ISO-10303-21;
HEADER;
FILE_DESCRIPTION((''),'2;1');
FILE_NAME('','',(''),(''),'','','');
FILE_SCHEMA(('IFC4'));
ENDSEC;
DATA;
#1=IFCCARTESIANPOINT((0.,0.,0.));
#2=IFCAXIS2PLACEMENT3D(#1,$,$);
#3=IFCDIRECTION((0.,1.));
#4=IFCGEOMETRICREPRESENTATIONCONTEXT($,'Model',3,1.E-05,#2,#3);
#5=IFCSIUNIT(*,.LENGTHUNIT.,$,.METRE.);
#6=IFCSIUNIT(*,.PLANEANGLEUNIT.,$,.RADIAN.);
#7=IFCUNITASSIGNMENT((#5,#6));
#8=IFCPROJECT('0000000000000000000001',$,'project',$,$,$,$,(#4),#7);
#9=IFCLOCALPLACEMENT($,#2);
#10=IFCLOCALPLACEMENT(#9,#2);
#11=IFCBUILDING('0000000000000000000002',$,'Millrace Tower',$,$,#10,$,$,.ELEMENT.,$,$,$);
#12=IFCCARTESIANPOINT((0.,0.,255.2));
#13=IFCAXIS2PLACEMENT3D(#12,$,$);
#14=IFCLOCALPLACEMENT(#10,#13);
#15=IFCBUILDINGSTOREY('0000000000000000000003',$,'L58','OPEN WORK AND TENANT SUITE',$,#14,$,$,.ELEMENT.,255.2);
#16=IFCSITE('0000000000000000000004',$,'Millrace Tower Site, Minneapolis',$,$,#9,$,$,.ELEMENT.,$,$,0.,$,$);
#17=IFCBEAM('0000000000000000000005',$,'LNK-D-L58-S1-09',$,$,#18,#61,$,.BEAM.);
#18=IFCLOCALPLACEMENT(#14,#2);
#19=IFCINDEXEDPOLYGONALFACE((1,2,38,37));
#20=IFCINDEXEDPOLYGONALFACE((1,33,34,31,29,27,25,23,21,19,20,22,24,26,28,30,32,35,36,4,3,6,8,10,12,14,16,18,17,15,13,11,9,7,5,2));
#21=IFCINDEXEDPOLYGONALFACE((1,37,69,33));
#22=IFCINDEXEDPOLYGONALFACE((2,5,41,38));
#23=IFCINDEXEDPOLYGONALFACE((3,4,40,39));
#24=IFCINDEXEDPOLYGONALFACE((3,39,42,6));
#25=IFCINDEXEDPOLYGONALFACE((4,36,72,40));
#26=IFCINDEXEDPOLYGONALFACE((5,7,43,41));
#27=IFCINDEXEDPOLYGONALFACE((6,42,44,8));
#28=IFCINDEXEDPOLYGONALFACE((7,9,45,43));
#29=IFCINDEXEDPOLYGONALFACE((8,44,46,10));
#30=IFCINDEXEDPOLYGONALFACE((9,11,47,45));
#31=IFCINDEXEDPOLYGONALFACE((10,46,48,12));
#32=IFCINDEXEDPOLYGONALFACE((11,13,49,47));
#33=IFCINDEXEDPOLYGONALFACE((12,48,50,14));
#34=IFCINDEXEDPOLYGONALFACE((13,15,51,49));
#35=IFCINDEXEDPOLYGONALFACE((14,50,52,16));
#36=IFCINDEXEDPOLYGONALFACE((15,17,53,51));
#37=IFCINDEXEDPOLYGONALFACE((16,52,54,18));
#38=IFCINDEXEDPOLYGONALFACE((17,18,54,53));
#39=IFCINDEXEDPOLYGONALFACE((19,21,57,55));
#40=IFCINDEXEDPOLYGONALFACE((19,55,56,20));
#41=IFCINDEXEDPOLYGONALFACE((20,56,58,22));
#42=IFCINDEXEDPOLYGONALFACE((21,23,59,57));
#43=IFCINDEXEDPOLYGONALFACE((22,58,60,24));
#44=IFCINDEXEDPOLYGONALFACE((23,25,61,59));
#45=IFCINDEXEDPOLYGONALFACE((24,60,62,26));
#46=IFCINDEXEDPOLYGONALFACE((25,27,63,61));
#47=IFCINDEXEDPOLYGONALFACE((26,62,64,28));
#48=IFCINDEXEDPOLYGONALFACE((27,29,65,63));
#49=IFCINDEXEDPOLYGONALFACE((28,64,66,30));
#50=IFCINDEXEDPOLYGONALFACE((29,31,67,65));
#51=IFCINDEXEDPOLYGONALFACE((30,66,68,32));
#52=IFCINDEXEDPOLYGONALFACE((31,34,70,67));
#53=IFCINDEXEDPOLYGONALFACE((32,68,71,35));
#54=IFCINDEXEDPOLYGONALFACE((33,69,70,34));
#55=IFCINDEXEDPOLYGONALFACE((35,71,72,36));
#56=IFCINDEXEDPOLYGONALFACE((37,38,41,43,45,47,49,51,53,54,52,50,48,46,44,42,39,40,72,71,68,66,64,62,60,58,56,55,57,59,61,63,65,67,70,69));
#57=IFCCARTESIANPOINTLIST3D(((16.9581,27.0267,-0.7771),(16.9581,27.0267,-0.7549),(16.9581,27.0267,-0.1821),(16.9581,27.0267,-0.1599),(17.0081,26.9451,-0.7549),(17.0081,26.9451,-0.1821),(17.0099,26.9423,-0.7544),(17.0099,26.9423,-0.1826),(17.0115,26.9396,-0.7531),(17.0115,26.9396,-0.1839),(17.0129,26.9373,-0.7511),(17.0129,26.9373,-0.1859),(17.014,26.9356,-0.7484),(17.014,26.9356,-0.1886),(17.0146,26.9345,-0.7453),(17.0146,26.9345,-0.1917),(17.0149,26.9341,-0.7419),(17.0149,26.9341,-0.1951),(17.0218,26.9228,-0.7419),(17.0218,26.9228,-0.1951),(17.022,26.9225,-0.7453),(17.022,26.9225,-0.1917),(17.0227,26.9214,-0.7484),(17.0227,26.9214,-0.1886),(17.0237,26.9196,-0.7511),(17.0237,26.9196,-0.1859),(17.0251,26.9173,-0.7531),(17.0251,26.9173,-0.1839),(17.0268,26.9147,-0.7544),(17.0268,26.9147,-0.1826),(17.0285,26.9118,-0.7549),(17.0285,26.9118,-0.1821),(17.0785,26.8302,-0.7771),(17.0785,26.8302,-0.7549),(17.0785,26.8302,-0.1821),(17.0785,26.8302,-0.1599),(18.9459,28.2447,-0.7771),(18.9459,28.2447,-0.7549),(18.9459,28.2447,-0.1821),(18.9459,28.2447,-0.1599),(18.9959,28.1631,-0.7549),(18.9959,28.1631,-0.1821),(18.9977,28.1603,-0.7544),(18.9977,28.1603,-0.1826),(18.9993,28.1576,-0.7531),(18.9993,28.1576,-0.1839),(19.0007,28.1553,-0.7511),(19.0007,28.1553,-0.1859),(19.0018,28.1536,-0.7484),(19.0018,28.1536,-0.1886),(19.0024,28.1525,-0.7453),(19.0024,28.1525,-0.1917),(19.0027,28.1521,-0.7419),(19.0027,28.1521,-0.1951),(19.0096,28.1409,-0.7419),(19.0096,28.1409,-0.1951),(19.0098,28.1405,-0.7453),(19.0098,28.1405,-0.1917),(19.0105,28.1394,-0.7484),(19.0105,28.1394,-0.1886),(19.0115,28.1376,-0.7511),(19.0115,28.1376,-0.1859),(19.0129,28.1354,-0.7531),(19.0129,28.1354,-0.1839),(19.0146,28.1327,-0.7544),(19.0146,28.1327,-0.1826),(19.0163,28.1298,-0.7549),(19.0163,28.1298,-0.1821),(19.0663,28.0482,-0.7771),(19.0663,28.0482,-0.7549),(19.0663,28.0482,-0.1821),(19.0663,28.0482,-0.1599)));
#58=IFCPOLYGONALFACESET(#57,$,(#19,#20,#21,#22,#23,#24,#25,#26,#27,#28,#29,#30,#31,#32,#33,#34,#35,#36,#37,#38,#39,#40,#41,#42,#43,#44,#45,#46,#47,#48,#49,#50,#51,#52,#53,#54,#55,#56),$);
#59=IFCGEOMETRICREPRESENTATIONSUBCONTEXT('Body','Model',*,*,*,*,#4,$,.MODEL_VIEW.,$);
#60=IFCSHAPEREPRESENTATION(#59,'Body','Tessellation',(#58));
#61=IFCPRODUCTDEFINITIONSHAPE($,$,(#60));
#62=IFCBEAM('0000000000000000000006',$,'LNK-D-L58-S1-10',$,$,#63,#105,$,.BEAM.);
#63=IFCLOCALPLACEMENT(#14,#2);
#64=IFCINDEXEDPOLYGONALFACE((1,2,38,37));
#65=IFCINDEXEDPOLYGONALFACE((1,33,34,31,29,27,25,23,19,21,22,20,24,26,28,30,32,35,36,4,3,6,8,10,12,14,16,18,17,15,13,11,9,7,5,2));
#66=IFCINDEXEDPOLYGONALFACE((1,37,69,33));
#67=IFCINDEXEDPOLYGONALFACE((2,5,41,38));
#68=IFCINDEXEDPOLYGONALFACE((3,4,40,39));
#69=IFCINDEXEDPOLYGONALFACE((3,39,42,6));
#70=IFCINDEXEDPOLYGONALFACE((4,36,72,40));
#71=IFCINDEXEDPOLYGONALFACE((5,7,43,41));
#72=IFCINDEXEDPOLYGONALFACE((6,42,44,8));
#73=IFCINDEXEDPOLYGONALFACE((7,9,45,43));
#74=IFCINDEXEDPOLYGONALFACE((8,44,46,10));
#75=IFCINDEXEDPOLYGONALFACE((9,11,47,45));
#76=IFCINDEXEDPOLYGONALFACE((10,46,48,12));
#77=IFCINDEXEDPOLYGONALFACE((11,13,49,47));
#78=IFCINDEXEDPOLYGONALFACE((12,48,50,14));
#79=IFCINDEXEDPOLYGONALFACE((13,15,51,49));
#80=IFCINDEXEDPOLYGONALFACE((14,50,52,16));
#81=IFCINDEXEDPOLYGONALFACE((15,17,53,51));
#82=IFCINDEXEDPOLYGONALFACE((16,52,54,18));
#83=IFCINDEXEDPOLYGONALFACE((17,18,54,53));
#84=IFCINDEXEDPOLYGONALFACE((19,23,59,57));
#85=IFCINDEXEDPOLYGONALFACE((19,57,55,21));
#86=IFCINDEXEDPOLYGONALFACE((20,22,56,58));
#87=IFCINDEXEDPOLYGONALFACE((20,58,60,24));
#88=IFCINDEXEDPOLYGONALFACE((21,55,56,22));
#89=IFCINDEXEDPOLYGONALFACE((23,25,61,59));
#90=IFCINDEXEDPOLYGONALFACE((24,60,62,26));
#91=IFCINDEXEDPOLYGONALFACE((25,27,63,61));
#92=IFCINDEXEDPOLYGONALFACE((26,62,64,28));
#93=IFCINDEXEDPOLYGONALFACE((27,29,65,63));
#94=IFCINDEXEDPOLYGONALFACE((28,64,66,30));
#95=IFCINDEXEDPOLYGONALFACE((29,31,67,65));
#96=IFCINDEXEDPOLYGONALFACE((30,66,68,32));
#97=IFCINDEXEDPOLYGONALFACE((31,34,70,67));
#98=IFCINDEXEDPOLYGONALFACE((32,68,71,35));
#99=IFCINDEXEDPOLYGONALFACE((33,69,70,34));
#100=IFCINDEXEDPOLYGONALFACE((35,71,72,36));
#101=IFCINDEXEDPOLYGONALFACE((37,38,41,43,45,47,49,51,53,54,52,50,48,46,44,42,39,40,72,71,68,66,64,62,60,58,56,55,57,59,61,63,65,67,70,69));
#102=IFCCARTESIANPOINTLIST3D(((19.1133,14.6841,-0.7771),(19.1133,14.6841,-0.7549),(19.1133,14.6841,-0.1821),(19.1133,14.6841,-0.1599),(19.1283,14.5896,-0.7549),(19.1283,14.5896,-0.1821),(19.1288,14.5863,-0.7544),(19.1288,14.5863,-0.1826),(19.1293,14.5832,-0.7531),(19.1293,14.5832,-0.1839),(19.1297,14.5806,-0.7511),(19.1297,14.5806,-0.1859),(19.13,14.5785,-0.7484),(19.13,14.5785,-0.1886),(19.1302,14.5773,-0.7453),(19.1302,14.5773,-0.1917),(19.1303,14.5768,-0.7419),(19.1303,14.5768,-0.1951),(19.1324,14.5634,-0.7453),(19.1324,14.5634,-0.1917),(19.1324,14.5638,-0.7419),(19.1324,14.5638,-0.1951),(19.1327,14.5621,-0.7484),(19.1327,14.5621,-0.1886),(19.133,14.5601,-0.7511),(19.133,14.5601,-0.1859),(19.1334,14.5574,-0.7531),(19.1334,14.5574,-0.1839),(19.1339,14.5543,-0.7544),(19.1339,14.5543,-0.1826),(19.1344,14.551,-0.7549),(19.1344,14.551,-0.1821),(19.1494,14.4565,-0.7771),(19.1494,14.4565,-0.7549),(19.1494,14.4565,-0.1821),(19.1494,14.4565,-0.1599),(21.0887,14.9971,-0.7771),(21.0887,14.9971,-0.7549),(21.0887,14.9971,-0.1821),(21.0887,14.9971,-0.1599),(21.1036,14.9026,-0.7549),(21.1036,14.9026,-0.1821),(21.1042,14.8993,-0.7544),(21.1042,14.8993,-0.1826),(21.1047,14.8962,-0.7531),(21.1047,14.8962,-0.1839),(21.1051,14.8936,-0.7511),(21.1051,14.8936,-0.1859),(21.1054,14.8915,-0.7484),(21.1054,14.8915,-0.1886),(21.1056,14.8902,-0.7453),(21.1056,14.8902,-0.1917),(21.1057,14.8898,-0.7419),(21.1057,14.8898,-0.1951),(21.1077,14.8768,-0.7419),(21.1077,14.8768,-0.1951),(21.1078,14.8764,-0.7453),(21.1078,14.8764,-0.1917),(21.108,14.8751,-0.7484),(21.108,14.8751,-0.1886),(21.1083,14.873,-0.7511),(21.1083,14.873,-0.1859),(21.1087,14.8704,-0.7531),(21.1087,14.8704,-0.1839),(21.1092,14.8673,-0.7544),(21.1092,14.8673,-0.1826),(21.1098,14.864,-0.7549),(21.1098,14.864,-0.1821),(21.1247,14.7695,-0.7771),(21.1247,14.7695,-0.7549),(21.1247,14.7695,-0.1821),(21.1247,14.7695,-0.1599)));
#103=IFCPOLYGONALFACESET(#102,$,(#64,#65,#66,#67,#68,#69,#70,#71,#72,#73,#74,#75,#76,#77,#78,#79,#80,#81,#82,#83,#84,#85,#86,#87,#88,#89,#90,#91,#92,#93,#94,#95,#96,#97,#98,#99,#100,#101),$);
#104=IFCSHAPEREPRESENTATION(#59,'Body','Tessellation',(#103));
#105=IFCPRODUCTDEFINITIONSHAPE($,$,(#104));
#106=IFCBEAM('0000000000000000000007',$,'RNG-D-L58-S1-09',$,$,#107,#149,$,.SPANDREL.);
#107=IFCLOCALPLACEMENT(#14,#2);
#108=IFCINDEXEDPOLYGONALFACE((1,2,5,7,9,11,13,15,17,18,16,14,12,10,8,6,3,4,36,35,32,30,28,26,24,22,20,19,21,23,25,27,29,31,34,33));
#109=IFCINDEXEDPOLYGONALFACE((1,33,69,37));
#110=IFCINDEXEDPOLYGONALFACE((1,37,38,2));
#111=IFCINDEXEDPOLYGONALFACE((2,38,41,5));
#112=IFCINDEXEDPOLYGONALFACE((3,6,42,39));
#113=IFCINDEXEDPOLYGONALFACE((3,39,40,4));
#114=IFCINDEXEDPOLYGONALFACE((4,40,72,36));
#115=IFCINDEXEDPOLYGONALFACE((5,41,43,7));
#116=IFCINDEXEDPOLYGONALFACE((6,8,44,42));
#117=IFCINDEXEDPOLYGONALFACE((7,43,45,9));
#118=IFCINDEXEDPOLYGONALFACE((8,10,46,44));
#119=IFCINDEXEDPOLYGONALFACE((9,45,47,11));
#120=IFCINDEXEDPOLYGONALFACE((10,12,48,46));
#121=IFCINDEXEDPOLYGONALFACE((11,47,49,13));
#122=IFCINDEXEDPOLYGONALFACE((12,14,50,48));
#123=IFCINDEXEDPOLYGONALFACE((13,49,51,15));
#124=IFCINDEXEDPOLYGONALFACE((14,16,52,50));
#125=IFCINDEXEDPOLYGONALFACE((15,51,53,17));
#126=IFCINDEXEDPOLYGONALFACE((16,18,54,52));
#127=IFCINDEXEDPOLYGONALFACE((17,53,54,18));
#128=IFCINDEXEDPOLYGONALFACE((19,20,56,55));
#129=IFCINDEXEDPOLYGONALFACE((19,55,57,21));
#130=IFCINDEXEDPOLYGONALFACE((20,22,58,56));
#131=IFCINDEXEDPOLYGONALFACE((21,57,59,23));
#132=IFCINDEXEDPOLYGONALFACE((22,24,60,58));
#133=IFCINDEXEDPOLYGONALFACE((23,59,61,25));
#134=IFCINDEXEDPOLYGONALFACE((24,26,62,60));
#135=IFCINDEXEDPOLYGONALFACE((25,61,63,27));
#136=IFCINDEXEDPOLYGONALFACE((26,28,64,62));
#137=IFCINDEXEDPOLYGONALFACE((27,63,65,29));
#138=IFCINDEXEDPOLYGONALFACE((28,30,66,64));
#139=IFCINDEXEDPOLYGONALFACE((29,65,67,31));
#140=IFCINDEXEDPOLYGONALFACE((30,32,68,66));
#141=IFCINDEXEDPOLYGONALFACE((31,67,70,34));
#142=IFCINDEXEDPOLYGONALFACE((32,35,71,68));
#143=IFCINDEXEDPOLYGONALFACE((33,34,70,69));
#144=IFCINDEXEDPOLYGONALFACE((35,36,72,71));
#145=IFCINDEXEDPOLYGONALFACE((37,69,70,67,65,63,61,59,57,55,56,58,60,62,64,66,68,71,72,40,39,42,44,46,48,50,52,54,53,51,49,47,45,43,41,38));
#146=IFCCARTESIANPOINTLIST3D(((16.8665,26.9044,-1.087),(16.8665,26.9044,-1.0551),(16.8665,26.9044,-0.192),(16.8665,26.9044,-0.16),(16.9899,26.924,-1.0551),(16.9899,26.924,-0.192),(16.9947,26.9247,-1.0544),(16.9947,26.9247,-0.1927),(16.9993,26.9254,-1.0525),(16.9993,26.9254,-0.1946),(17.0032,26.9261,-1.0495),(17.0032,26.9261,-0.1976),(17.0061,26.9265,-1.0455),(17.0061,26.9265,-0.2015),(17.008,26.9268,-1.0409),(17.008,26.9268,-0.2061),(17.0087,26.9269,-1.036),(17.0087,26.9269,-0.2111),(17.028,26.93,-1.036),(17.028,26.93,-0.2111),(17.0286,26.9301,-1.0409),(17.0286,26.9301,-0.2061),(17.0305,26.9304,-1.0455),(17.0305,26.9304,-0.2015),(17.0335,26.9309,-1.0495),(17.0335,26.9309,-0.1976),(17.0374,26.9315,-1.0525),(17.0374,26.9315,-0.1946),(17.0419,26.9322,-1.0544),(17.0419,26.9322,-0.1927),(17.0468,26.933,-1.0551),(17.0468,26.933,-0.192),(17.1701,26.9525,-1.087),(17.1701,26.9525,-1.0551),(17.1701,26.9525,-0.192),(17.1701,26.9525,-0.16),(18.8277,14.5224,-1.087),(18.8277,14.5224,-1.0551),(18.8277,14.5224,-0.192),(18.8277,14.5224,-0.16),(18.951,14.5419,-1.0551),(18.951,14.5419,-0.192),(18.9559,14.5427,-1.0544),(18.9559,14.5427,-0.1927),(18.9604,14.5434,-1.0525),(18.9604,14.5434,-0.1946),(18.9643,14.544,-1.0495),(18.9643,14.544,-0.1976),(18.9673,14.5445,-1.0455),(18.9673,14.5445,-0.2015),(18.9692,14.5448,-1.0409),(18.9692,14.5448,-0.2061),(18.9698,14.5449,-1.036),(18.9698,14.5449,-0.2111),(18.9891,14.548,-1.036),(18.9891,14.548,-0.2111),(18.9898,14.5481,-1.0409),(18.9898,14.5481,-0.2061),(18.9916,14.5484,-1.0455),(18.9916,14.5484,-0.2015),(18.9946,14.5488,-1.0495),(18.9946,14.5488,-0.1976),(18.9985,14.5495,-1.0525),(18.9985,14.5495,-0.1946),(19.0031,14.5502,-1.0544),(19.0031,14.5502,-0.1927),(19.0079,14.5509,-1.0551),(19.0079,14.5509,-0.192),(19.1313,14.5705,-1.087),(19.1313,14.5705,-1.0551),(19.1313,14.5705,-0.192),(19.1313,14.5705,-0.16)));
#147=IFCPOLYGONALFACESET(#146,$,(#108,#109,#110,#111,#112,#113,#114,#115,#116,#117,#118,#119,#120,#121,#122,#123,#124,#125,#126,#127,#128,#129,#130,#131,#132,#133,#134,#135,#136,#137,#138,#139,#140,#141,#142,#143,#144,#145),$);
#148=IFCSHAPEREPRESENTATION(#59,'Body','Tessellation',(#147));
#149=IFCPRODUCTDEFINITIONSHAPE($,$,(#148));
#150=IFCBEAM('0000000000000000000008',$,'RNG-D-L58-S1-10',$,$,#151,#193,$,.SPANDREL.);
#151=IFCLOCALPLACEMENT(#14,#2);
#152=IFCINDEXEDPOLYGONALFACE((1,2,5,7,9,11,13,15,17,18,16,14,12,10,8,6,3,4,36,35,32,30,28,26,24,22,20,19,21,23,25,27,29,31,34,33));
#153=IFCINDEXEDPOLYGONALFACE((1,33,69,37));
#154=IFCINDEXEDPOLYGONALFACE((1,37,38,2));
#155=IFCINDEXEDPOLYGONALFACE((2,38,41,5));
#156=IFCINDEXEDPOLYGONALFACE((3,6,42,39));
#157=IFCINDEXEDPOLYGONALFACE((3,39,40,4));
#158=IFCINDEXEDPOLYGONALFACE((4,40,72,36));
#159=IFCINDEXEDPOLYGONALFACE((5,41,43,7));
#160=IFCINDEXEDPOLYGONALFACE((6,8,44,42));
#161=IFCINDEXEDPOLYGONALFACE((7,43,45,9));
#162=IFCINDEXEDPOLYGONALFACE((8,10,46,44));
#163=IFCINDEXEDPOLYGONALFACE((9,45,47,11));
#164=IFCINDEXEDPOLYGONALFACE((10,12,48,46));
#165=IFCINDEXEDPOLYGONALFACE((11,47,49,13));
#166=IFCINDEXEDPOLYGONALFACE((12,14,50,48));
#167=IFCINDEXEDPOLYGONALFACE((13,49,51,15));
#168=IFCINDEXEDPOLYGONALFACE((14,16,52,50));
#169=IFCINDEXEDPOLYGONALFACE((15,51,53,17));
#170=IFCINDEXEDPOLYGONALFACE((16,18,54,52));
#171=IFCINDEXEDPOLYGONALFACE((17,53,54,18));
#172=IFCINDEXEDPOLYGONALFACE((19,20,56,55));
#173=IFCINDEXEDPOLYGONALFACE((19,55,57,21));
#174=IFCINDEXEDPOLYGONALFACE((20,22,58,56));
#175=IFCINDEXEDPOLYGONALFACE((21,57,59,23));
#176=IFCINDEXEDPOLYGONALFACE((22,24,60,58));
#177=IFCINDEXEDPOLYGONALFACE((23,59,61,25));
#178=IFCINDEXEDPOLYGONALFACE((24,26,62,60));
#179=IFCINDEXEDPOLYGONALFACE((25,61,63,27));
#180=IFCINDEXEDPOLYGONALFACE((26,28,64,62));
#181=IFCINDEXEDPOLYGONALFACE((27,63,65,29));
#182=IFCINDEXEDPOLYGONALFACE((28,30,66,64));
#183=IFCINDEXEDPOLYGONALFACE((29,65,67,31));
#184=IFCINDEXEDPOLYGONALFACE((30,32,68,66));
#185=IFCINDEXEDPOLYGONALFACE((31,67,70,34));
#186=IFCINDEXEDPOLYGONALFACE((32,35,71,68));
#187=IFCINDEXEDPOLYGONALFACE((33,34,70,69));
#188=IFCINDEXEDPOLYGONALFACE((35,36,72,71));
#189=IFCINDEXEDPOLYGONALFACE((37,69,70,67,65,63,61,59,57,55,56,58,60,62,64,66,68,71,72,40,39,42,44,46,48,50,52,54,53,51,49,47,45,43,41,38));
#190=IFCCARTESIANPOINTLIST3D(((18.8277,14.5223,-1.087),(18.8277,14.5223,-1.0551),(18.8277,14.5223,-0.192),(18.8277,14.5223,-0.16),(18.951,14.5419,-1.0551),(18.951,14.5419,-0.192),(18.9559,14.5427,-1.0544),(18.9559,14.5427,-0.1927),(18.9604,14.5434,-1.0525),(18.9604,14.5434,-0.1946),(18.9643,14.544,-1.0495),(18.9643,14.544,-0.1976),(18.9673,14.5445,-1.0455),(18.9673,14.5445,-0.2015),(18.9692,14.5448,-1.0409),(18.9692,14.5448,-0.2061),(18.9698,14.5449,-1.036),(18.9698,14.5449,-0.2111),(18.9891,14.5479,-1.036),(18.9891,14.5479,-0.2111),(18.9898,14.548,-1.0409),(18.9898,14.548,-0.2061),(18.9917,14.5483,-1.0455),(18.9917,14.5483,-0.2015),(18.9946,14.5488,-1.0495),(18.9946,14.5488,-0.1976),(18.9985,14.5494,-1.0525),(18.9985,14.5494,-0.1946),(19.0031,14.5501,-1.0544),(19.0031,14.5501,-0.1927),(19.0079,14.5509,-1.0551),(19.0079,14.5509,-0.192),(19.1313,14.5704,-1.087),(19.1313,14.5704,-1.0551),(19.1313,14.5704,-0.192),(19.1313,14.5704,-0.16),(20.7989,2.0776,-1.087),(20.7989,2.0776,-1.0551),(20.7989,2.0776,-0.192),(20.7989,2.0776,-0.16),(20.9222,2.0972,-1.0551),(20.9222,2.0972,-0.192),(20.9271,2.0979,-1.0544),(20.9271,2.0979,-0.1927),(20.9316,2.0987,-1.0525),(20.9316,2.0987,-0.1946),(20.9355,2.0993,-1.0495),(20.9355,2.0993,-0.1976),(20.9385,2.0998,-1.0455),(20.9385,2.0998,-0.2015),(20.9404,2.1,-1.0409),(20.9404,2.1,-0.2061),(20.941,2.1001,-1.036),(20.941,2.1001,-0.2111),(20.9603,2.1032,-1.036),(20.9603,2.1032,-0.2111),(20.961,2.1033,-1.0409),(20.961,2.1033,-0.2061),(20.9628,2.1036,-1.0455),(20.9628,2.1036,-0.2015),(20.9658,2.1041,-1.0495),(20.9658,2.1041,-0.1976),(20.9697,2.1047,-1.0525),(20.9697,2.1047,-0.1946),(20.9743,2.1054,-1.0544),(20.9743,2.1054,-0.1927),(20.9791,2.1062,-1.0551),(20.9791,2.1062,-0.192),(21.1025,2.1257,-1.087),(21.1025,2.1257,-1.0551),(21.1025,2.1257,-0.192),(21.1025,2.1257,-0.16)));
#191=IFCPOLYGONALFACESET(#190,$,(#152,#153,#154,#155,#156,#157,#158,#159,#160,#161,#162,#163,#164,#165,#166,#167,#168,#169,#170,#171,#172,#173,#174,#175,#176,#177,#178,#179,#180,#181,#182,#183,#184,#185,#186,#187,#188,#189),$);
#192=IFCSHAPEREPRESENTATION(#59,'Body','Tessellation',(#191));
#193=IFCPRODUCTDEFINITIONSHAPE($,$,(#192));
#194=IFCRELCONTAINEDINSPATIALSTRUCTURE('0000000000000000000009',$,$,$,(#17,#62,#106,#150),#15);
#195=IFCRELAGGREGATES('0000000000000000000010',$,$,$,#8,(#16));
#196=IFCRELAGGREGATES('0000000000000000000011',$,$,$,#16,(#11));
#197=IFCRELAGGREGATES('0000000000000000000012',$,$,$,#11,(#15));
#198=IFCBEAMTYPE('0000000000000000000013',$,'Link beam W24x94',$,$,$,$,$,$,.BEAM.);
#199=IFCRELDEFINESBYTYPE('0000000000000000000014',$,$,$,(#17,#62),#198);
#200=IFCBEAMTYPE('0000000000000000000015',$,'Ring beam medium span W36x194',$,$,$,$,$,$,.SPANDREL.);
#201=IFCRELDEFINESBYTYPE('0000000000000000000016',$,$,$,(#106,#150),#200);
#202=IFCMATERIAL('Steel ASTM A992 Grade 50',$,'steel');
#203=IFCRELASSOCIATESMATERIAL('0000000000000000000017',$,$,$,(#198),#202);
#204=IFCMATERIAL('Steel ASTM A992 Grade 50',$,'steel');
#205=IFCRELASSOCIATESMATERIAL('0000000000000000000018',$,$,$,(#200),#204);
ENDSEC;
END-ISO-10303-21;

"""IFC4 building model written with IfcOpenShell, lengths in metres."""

from ifc_helpers import new_model, si_unit, direction, frame, origin, origin_2d, place, context, subcontext, project, spatial, i_section, extrude, material, material_profile, profile_set, type_object, element, save


model = new_model("IFC4")

# Units and contexts
model_context = context("Model", 3, precision=1e-05, world=origin(), true_north=direction((0.0, 1.0)))
body_context = subcontext(model_context, "Body", "Model", "MODEL_VIEW")
ifc_project = project(units=[si_unit("LENGTHUNIT", "METRE"), si_unit("PLANEANGLEUNIT", "RADIAN")], contexts=[model_context])

# Site, building, storey
site_placement = place(None, origin())
site = spatial("IfcSite", under=ifc_project, at=site_placement, Name="Millrace Tower Site, Minneapolis", CompositionType="ELEMENT", RefElevation=0.0)
building_placement = place(site_placement, origin())
building = spatial("IfcBuilding", under=site, at=building_placement, Name="Millrace Tower", CompositionType="ELEMENT")
storey_placement = place(building_placement, frame((0.0, 0.0, 255.2)))
storey = spatial("IfcBuildingStorey", under=building, at=storey_placement, Name="L58", Description="OPEN WORK AND TENANT SUITE", CompositionType="ELEMENT", Elevation=255.2)

# Beams
ifc_material_1 = material(Name="Steel ASTM A992 Grade 50", Category="steel")
ifc_material_profile_1 = material_profile(ifc_material_1, i_section(OverallWidth=0.2305, OverallDepth=0.6172, WebThickness=0.0132, FlangeThickness=0.0222, FilletRadius=0.0129, at=origin_2d()))
ifc_profile_set_1 = profile_set([ifc_material_profile_1], Name="Steel ASTM A992 Grade 50")
beam_type_1 = type_object("IfcBeamType", Name="Link beam W24x94", PredefinedType="BEAM", material=ifc_profile_set_1)
beam_1_placement = place(storey_placement, frame((17.0183, 26.9285, -0.4685), z_axis=(0.85266, 0.522466, 0.0), x_axis=(-0.522466, 0.85266, 0.0)))
element("IfcBeam", 1, at=beam_1_placement, inside=storey, type_object=beam_type_1, Name="LNK-D-L58-S1-09", PredefinedType="BEAM", context=body_context, shape_type="SweptSolid", body=[
    extrude(i_section(OverallWidth=0.2305, OverallDepth=0.6172, WebThickness=0.0132, FlangeThickness=0.0222, FilletRadius=0.0129, at=origin_2d()), origin(), (0.0, 0.0, 1.0), 2.3313),
])
beam_2_placement = place(storey_placement, frame((19.1313, 14.5703, -0.4685), z_axis=(0.987679, 0.156495, 0.0), x_axis=(-0.156495, 0.987679, 0.0)))
element("IfcBeam", 2, at=beam_2_placement, inside=storey, type_object=beam_type_1, Name="LNK-D-L58-S1-10", PredefinedType="BEAM", context=body_context, shape_type="SweptSolid", body=[
    extrude(i_section(OverallWidth=0.2305, OverallDepth=0.6172, WebThickness=0.0132, FlangeThickness=0.0222, FilletRadius=0.0129, at=origin_2d()), origin(), (0.0, 0.0, 1.0), 2.0),
])
ifc_material_2 = material(Name="Steel ASTM A992 Grade 50", Category="steel")
ifc_material_profile_2 = material_profile(ifc_material_2, i_section(OverallWidth=0.3074, OverallDepth=0.927, WebThickness=0.0195, FlangeThickness=0.032, FilletRadius=0.019, at=origin_2d()))
ifc_profile_set_2 = profile_set([ifc_material_profile_2], Name="Steel ASTM A992 Grade 50")
beam_type_2 = type_object("IfcBeamType", Name="Ring beam medium span W36x194", PredefinedType="SPANDREL", material=ifc_profile_set_2)
beam_3_placement = place(storey_placement, frame((17.0183, 26.9285, -0.6235), z_axis=(0.156439, -0.987688, 0.0), x_axis=(0.987688, 0.156439, 0.0)))
element("IfcBeam", 3, at=beam_3_placement, inside=storey, type_object=beam_type_2, Name="RNG-D-L58-S1-09", PredefinedType="SPANDREL", context=body_context, shape_type="SweptSolid", body=[
    extrude(i_section(OverallWidth=0.3074, OverallDepth=0.927, WebThickness=0.0195, FlangeThickness=0.032, FilletRadius=0.019, at=origin_2d()), origin(), (0.0, 0.0, 1.0), 12.5364),
])
beam_4_placement = place(storey_placement, frame((18.9795, 14.5464, -0.6235), z_axis=(0.156444, -0.987687, 0.0), x_axis=(0.987687, 0.156444, 0.0)))
element("IfcBeam", 4, at=beam_4_placement, inside=storey, type_object=beam_type_2, Name="RNG-D-L58-S1-10", PredefinedType="SPANDREL", context=body_context, shape_type="SweptSolid", body=[
    extrude(i_section(OverallWidth=0.3074, OverallDepth=0.927, WebThickness=0.0195, FlangeThickness=0.032, FilletRadius=0.019, at=origin_2d()), origin(), (0.0, 0.0, 1.0), 12.5999),
])

save(model, "model.ifc")
